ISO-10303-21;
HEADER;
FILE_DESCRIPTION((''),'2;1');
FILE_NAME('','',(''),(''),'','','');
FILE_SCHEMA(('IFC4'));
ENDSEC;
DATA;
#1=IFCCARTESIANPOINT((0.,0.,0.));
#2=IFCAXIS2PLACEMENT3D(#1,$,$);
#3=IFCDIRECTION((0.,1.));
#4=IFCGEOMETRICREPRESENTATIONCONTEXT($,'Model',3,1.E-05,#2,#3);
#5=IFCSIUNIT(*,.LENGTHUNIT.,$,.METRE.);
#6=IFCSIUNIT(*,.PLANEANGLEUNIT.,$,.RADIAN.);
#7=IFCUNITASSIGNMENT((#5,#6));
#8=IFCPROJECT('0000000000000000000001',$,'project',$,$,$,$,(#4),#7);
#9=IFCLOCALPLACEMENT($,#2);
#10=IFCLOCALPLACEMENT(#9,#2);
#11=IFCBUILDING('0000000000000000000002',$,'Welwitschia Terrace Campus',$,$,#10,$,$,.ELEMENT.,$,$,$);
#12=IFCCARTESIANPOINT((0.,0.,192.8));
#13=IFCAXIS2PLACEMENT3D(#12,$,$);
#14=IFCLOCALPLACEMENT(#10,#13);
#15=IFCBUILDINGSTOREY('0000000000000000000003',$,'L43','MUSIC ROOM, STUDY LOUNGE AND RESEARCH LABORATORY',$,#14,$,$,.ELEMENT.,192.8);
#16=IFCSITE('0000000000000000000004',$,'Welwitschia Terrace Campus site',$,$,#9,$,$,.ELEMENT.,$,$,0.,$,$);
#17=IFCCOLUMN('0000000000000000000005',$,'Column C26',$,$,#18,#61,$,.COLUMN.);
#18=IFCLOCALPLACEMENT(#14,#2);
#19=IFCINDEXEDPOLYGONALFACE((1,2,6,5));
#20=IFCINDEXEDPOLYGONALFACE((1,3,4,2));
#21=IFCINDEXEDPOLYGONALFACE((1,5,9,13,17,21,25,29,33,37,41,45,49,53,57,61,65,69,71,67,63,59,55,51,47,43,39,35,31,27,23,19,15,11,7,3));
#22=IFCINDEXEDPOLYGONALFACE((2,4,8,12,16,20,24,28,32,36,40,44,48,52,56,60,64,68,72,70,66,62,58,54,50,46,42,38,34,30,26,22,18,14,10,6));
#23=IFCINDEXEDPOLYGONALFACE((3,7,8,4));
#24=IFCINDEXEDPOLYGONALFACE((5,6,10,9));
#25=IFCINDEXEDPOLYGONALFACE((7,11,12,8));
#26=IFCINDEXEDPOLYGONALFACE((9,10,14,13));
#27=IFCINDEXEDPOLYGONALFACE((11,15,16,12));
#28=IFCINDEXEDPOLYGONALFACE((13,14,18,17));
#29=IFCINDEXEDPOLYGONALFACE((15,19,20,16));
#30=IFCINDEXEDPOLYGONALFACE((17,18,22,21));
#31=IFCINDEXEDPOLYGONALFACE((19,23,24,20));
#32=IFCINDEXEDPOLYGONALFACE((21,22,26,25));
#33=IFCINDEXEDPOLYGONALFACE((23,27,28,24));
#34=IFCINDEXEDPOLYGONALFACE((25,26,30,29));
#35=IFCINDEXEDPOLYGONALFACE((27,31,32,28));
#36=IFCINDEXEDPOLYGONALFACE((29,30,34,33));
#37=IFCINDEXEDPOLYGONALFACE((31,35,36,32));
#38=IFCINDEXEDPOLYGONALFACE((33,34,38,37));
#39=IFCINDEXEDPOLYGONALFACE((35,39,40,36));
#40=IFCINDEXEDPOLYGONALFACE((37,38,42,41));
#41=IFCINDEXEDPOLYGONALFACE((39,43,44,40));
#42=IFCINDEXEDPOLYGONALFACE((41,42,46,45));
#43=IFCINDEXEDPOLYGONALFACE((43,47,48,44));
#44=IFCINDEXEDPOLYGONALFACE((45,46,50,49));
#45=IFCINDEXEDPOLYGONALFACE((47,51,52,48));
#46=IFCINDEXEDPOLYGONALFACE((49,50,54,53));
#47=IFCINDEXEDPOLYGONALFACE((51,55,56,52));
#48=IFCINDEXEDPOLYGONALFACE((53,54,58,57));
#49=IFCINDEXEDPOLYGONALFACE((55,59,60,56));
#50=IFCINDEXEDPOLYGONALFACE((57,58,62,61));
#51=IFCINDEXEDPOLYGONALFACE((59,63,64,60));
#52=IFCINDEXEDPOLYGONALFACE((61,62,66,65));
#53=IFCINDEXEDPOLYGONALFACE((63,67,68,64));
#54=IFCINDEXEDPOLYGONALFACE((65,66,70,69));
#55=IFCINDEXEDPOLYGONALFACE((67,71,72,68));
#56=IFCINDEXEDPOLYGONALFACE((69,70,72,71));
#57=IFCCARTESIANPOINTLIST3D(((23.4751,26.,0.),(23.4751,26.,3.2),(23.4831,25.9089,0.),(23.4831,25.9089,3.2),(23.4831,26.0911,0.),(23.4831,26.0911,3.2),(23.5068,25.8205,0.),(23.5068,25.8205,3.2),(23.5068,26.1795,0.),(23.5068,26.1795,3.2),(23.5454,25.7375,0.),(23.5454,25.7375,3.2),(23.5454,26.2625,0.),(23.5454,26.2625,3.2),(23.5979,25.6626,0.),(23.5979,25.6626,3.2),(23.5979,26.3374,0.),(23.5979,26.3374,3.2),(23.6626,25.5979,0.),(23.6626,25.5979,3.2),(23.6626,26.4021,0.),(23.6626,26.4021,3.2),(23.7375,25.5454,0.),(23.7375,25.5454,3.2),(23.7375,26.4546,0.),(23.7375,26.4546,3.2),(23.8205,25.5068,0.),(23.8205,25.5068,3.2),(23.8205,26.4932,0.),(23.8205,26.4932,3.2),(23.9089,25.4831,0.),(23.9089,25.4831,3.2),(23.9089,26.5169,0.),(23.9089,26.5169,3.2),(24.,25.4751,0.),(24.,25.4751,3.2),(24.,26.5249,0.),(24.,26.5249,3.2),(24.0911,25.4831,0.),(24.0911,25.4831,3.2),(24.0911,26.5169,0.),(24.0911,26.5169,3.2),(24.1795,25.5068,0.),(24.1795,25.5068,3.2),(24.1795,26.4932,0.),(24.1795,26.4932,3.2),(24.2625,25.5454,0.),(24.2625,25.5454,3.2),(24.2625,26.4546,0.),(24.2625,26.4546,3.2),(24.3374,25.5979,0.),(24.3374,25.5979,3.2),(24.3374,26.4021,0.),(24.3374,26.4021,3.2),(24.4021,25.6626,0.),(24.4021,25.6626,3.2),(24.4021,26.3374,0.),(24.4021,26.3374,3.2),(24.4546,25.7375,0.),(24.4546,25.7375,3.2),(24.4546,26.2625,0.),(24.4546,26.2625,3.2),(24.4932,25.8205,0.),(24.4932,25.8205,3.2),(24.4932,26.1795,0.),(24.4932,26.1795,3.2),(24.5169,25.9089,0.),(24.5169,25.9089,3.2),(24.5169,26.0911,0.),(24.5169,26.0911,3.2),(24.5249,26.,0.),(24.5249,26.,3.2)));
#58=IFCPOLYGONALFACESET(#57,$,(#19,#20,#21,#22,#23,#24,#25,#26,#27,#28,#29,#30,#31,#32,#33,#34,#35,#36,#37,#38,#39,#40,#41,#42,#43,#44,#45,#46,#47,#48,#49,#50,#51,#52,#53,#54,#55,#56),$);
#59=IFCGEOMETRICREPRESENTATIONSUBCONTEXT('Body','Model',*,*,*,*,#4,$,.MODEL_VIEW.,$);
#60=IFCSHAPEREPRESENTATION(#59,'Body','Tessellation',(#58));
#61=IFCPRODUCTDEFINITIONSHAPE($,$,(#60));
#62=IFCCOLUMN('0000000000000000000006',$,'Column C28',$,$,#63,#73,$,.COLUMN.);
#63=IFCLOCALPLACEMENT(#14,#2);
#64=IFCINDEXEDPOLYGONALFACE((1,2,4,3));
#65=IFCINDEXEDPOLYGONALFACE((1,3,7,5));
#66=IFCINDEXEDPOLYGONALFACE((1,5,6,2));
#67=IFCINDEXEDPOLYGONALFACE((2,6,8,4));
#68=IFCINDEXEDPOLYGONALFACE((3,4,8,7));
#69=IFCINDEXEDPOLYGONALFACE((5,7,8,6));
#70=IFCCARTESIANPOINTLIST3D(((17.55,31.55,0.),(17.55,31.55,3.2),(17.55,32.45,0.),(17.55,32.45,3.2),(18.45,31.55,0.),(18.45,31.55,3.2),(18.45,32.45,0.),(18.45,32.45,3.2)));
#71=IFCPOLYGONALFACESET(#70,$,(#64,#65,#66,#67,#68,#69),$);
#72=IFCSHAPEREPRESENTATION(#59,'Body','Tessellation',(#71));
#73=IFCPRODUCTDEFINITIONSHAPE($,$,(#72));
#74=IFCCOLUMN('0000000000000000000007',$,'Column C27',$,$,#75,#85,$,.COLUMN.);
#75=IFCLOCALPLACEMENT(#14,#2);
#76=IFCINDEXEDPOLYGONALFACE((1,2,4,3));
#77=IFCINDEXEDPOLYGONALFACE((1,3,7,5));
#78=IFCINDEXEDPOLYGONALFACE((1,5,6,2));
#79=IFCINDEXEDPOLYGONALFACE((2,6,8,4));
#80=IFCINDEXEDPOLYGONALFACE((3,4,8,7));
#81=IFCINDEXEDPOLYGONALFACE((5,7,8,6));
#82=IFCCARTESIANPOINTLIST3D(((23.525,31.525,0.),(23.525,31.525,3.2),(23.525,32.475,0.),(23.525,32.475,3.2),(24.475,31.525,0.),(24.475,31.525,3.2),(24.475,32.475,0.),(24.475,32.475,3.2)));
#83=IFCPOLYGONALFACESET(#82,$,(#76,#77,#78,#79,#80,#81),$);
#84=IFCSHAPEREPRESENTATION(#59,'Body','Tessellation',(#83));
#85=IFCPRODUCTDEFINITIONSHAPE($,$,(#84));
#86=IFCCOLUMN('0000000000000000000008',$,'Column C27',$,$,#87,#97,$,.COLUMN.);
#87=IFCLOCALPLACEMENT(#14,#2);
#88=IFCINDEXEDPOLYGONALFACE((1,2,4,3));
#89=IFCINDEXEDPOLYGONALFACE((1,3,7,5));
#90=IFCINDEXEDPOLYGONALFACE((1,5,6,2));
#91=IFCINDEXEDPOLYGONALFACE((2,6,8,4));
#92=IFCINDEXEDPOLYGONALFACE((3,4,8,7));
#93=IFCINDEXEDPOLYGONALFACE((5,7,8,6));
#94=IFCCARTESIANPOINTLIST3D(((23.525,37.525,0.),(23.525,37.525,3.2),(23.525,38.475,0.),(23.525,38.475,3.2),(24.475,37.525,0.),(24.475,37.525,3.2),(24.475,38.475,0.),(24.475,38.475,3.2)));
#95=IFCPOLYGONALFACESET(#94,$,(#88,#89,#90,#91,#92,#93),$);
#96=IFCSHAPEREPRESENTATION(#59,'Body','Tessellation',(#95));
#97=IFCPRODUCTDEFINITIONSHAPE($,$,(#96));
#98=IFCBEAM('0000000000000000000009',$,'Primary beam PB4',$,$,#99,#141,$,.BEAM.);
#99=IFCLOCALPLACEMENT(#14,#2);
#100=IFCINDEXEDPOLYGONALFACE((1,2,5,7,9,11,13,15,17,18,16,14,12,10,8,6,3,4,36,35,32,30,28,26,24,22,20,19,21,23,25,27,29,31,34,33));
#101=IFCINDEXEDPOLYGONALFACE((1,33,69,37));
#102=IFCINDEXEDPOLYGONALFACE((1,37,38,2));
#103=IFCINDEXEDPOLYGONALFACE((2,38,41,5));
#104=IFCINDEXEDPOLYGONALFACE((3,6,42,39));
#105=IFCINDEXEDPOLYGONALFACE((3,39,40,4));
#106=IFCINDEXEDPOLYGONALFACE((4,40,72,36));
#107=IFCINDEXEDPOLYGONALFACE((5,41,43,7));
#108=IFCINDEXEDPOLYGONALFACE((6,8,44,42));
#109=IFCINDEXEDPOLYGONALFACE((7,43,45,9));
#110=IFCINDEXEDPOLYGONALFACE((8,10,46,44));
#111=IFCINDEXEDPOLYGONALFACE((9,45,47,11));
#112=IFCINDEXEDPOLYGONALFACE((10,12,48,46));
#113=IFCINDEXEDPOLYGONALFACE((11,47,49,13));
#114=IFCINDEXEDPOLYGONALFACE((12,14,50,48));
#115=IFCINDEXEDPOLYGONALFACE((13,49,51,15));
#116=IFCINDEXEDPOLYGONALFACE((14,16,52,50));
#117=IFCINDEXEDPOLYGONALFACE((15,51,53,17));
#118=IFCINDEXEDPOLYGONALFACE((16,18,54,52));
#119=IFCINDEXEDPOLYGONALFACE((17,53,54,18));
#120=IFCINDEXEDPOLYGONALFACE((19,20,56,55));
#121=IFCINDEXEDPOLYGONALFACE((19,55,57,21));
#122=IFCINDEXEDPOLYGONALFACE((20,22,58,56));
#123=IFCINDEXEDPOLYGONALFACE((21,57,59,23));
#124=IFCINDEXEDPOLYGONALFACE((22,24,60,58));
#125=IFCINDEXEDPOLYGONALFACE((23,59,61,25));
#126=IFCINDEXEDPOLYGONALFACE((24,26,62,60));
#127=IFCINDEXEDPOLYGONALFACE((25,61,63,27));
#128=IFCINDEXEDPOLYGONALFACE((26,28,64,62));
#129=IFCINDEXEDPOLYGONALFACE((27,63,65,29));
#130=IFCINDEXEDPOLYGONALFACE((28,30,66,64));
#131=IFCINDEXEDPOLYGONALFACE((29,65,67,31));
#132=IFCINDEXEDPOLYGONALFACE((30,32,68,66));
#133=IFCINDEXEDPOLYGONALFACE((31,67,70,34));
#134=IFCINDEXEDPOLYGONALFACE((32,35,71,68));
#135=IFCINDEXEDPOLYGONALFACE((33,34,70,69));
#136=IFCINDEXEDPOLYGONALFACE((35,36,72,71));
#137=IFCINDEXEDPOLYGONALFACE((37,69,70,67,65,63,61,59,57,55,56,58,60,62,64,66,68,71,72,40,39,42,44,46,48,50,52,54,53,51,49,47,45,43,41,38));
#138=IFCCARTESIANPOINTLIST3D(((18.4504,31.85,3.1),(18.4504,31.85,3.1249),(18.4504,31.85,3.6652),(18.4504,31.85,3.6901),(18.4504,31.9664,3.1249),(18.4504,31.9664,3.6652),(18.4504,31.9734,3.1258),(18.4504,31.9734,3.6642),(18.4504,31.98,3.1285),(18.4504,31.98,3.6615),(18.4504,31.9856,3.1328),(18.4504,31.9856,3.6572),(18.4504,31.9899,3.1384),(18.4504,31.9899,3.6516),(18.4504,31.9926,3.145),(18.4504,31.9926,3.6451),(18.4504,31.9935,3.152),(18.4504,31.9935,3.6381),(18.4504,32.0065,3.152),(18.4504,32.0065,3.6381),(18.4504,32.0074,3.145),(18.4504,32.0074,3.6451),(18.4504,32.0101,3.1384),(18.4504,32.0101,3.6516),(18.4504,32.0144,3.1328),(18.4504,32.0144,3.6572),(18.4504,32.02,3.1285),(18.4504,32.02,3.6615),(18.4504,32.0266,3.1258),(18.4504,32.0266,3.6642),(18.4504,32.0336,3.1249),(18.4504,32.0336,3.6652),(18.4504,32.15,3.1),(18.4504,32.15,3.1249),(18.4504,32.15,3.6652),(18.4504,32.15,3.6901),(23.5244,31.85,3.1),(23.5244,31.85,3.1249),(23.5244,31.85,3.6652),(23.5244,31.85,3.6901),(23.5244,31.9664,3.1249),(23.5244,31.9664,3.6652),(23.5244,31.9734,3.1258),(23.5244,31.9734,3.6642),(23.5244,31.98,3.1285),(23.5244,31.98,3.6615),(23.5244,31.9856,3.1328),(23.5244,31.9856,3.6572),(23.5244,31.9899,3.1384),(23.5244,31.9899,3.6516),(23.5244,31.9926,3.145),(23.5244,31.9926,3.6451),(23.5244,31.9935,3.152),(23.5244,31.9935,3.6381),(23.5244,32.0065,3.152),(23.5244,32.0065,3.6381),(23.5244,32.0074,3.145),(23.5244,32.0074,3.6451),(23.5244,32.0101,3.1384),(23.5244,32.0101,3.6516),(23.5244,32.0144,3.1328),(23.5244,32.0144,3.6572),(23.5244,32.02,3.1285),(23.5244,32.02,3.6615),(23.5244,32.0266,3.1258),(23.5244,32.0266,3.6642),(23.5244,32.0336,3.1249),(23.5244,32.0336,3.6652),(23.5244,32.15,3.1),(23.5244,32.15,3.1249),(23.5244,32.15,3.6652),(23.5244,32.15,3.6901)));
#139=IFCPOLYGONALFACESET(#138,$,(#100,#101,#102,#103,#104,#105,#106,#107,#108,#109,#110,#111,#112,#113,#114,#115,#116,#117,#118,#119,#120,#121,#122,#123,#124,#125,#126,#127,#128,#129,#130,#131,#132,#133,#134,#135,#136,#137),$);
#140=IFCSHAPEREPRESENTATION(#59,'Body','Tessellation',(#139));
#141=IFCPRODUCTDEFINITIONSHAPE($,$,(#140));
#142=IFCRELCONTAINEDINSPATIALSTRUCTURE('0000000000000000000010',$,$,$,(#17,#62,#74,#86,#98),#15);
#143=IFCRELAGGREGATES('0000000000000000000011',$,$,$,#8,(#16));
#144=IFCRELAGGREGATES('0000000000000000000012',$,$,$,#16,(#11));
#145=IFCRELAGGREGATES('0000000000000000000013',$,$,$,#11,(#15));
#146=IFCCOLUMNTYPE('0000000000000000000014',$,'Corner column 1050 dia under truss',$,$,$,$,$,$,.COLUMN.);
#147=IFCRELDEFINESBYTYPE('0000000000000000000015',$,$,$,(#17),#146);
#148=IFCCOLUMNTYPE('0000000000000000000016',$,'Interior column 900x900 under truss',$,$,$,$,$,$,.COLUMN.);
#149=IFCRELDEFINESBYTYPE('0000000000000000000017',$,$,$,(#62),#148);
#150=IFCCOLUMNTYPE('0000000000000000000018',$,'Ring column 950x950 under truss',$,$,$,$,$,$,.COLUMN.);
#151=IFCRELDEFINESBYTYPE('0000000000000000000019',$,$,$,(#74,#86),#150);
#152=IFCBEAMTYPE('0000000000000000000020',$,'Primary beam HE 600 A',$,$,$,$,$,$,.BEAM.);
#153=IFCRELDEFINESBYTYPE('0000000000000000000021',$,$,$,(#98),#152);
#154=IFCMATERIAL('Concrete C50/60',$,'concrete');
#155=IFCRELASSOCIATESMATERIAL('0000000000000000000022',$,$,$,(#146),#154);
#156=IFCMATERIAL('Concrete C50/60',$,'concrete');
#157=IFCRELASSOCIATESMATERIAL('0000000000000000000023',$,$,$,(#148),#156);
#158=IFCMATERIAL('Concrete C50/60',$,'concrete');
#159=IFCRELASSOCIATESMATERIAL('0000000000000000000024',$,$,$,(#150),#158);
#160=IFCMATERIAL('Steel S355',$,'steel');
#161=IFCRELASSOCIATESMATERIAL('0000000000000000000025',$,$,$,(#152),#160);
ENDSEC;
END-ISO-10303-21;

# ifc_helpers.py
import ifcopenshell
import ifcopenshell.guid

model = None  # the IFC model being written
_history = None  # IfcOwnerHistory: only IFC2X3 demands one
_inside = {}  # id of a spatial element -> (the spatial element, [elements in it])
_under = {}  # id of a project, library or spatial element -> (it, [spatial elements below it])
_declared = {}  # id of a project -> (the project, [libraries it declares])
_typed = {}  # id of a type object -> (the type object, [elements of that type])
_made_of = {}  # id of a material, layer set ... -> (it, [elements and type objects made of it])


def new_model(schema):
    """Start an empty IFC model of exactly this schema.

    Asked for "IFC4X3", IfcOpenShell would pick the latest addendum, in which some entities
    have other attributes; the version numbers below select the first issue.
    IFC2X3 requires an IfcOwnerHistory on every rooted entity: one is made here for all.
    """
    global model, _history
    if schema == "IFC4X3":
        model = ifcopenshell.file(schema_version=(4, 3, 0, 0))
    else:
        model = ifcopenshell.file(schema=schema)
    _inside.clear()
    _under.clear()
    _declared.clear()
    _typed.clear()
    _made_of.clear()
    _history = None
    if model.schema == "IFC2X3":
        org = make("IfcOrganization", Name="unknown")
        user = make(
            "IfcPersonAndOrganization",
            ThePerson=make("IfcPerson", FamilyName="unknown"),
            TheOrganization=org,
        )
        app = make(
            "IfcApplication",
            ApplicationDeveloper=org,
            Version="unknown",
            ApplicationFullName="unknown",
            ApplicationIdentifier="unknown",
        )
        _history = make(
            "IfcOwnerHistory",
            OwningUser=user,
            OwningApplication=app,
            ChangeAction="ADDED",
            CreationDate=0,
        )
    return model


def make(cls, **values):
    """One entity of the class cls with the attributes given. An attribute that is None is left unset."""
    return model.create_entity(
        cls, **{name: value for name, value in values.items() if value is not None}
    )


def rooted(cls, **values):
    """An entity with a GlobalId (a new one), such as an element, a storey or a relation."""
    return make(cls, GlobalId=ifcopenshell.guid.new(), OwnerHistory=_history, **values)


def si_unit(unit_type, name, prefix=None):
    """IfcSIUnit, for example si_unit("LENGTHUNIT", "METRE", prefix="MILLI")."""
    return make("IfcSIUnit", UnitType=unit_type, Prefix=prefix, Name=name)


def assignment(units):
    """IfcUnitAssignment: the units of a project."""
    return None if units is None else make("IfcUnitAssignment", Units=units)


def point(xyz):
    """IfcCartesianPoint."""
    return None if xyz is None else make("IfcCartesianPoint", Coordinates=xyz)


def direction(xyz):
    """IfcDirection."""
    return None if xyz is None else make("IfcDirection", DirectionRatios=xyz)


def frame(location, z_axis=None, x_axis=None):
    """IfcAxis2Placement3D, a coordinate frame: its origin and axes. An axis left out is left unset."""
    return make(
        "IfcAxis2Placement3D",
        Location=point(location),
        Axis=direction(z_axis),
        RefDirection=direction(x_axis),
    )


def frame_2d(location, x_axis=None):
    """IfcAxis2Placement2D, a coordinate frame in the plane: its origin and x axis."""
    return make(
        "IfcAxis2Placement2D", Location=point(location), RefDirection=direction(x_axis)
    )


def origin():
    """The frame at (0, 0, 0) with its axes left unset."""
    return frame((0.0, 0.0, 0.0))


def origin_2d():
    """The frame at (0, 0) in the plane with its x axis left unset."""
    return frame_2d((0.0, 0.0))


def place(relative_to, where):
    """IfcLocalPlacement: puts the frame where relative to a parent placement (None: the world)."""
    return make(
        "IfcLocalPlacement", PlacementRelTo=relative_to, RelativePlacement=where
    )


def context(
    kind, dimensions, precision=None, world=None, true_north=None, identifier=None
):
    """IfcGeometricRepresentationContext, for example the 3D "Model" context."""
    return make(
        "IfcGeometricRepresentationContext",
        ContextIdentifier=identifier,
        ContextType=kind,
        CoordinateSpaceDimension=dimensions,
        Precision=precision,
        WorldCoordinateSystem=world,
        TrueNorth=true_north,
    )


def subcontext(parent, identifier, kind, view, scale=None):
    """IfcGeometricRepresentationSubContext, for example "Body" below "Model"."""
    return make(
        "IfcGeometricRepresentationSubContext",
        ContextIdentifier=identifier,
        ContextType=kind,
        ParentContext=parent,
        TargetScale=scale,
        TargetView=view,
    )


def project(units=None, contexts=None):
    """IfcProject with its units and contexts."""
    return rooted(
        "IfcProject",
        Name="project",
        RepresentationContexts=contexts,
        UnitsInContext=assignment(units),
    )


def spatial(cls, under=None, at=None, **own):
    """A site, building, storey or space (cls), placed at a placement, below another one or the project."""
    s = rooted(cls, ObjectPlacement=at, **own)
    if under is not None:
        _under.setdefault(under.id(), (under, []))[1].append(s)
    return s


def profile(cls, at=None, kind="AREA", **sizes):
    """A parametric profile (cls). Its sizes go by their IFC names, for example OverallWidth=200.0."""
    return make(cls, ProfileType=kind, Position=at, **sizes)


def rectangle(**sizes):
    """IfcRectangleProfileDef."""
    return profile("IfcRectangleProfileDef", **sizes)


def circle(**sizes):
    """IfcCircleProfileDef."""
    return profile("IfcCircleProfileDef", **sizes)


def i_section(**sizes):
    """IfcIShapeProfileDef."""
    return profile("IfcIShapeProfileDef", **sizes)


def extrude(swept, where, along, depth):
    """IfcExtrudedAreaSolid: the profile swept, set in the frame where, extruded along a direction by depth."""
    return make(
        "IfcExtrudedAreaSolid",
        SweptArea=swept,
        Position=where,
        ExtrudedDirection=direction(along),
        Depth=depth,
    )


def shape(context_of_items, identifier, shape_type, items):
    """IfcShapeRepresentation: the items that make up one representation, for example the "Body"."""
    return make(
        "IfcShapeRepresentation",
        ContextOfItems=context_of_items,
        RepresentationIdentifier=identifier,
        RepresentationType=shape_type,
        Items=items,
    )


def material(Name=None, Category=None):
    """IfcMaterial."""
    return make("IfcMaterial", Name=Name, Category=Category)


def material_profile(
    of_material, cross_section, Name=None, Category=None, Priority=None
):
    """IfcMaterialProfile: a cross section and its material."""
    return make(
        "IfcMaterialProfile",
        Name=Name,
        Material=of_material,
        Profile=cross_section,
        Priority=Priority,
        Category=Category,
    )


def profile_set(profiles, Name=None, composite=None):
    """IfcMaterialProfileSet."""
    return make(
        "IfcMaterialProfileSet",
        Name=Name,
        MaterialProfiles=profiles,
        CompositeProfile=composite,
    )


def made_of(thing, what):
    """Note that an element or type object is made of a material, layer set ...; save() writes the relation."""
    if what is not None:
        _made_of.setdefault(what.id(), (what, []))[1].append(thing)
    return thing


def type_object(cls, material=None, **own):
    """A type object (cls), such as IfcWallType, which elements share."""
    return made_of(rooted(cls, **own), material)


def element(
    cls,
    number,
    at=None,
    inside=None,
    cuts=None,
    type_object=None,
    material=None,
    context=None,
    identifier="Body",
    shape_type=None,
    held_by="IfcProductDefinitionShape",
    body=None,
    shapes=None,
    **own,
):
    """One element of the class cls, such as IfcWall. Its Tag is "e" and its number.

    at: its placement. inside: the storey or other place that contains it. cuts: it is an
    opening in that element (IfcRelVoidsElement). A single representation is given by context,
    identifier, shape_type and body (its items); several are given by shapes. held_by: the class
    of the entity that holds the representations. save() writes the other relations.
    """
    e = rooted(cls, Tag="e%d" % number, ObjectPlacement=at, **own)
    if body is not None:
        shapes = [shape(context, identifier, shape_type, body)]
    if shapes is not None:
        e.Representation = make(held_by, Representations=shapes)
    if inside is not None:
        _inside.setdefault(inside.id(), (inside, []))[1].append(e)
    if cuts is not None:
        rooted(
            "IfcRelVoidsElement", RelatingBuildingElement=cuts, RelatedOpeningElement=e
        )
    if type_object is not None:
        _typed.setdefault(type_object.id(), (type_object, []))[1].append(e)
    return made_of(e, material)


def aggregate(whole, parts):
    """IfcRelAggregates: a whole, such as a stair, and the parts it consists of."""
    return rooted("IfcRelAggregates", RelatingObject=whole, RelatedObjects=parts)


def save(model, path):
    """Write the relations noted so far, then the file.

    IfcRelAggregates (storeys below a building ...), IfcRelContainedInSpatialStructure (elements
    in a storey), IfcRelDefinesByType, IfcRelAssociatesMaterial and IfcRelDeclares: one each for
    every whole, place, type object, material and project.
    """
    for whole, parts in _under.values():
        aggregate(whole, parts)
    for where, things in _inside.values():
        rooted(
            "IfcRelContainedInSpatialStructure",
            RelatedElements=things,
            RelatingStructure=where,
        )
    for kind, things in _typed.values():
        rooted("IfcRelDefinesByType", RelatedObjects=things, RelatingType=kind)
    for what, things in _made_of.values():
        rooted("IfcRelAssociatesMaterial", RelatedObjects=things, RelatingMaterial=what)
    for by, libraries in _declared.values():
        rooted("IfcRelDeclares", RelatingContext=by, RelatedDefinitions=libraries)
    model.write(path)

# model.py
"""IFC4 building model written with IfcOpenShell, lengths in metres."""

from ifc_helpers import new_model, si_unit, direction, frame, origin, origin_2d, place, context, subcontext, project, spatial, rectangle, circle, i_section, extrude, material, material_profile, profile_set, type_object, element, save


model = new_model("IFC4")

# Units and contexts
model_context = context("Model", 3, precision=1e-05, world=origin(), true_north=direction((0.0, 1.0)))
body_context = subcontext(model_context, "Body", "Model", "MODEL_VIEW")
ifc_project = project(units=[si_unit("LENGTHUNIT", "METRE"), si_unit("PLANEANGLEUNIT", "RADIAN")], contexts=[model_context])

# Site, building, storey
site_placement = place(None, origin())
site = spatial("IfcSite", under=ifc_project, at=site_placement, Name="Welwitschia Terrace Campus site", CompositionType="ELEMENT", RefElevation=0.0)
building_placement = place(site_placement, origin())
building = spatial("IfcBuilding", under=site, at=building_placement, Name="Welwitschia Terrace Campus", CompositionType="ELEMENT")
storey_placement = place(building_placement, frame((0.0, 0.0, 192.8)))
storey = spatial("IfcBuildingStorey", under=building, at=storey_placement, Name="L43", Description="MUSIC ROOM, STUDY LOUNGE AND RESEARCH LABORATORY", CompositionType="ELEMENT", Elevation=192.8)

# Columns
ifc_material_1 = material(Name="Concrete C50/60", Category="concrete")
ifc_material_profile_1 = material_profile(ifc_material_1, circle(Radius=0.5249, at=origin_2d()))
ifc_profile_set_1 = profile_set([ifc_material_profile_1], Name="Concrete C50/60")
column_type_1 = type_object("IfcColumnType", Name="Corner column 1050 dia under truss", PredefinedType="COLUMN", material=ifc_profile_set_1)
column_1_placement = place(storey_placement, frame((24.0, 26.0, 0.0), z_axis=(0.0, 0.0, 1.0), x_axis=(1.0, 0.0, 0.0)))
element("IfcColumn", 1, at=column_1_placement, inside=storey, type_object=column_type_1, Name="Column C26", PredefinedType="COLUMN", context=body_context, shape_type="SweptSolid", body=[
    extrude(circle(Radius=0.5249, at=origin_2d()), origin(), (0.0, 0.0, 1.0), 3.2),
])
ifc_material_2 = material(Name="Concrete C50/60", Category="concrete")
ifc_material_profile_2 = material_profile(ifc_material_2, rectangle(XDim=0.8999, YDim=0.8999, at=origin_2d()))
ifc_profile_set_2 = profile_set([ifc_material_profile_2], Name="Concrete C50/60")
column_type_2 = type_object("IfcColumnType", Name="Interior column 900x900 under truss", PredefinedType="COLUMN", material=ifc_profile_set_2)
column_2_placement = place(storey_placement, frame((18.0, 32.0, 0.0), z_axis=(0.0, 0.0, 1.0), x_axis=(1.0, 0.0, 0.0)))
element("IfcColumn", 2, at=column_2_placement, inside=storey, type_object=column_type_2, Name="Column C28", PredefinedType="COLUMN", context=body_context, shape_type="SweptSolid", body=[
    extrude(rectangle(XDim=0.8999, YDim=0.8999, at=origin_2d()), origin(), (0.0, 0.0, 1.0), 3.2),
])
ifc_material_3 = material(Name="Concrete C50/60", Category="concrete")
ifc_material_profile_3 = material_profile(ifc_material_3, rectangle(XDim=0.95, YDim=0.95, at=origin_2d()))
ifc_profile_set_3 = profile_set([ifc_material_profile_3], Name="Concrete C50/60")
column_type_3 = type_object("IfcColumnType", Name="Ring column 950x950 under truss", PredefinedType="COLUMN", material=ifc_profile_set_3)
for number, where, z_axis, x_axis, name in (
    (3, (24.0, 32.0, 0.0), (0.0, 0.0, 1.0), (1.0, 0.0, 0.0), "Column C27"),
    (4, (24.0, 38.0, 0.0), (0.0, 0.0, 1.0), (1.0, 0.0, 0.0), "Column C27"),
):
    element("IfcColumn", number, at=place(storey_placement, frame(where, z_axis=z_axis, x_axis=x_axis)), inside=storey, type_object=column_type_3, Name=name, PredefinedType="COLUMN", context=body_context, shape_type="SweptSolid", body=[
        extrude(rectangle(XDim=0.95, YDim=0.95, at=origin_2d()), origin(), (0.0, 0.0, 1.0), 3.2),
    ])

# Beam
ifc_material_4 = material(Name="Steel S355", Category="steel")
ifc_material_profile_4 = material_profile(ifc_material_4, i_section(OverallWidth=0.3, OverallDepth=0.5901, WebThickness=0.0129, FlangeThickness=0.0249, FilletRadius=0.0271, at=origin_2d()))
ifc_profile_set_4 = profile_set([ifc_material_profile_4], Name="Steel S355")
beam_type = type_object("IfcBeamType", Name="Primary beam HE 600 A", PredefinedType="BEAM", material=ifc_profile_set_4)
beam_placement = place(storey_placement, frame((23.5244, 32.0, 3.395), z_axis=(-1.0, 0.0, 0.0), x_axis=(0.0, -1.0, 0.0)))
element("IfcBeam", 5, at=beam_placement, inside=storey, type_object=beam_type, Name="Primary beam PB4", PredefinedType="BEAM", context=body_context, shape_type="SweptSolid", body=[
    extrude(i_section(OverallWidth=0.3, OverallDepth=0.5901, WebThickness=0.0129, FlangeThickness=0.0249, FilletRadius=0.0271, at=origin_2d()), origin(), (0.0, 0.0, 1.0), 5.074),
])

save(model, "model.ifc")
